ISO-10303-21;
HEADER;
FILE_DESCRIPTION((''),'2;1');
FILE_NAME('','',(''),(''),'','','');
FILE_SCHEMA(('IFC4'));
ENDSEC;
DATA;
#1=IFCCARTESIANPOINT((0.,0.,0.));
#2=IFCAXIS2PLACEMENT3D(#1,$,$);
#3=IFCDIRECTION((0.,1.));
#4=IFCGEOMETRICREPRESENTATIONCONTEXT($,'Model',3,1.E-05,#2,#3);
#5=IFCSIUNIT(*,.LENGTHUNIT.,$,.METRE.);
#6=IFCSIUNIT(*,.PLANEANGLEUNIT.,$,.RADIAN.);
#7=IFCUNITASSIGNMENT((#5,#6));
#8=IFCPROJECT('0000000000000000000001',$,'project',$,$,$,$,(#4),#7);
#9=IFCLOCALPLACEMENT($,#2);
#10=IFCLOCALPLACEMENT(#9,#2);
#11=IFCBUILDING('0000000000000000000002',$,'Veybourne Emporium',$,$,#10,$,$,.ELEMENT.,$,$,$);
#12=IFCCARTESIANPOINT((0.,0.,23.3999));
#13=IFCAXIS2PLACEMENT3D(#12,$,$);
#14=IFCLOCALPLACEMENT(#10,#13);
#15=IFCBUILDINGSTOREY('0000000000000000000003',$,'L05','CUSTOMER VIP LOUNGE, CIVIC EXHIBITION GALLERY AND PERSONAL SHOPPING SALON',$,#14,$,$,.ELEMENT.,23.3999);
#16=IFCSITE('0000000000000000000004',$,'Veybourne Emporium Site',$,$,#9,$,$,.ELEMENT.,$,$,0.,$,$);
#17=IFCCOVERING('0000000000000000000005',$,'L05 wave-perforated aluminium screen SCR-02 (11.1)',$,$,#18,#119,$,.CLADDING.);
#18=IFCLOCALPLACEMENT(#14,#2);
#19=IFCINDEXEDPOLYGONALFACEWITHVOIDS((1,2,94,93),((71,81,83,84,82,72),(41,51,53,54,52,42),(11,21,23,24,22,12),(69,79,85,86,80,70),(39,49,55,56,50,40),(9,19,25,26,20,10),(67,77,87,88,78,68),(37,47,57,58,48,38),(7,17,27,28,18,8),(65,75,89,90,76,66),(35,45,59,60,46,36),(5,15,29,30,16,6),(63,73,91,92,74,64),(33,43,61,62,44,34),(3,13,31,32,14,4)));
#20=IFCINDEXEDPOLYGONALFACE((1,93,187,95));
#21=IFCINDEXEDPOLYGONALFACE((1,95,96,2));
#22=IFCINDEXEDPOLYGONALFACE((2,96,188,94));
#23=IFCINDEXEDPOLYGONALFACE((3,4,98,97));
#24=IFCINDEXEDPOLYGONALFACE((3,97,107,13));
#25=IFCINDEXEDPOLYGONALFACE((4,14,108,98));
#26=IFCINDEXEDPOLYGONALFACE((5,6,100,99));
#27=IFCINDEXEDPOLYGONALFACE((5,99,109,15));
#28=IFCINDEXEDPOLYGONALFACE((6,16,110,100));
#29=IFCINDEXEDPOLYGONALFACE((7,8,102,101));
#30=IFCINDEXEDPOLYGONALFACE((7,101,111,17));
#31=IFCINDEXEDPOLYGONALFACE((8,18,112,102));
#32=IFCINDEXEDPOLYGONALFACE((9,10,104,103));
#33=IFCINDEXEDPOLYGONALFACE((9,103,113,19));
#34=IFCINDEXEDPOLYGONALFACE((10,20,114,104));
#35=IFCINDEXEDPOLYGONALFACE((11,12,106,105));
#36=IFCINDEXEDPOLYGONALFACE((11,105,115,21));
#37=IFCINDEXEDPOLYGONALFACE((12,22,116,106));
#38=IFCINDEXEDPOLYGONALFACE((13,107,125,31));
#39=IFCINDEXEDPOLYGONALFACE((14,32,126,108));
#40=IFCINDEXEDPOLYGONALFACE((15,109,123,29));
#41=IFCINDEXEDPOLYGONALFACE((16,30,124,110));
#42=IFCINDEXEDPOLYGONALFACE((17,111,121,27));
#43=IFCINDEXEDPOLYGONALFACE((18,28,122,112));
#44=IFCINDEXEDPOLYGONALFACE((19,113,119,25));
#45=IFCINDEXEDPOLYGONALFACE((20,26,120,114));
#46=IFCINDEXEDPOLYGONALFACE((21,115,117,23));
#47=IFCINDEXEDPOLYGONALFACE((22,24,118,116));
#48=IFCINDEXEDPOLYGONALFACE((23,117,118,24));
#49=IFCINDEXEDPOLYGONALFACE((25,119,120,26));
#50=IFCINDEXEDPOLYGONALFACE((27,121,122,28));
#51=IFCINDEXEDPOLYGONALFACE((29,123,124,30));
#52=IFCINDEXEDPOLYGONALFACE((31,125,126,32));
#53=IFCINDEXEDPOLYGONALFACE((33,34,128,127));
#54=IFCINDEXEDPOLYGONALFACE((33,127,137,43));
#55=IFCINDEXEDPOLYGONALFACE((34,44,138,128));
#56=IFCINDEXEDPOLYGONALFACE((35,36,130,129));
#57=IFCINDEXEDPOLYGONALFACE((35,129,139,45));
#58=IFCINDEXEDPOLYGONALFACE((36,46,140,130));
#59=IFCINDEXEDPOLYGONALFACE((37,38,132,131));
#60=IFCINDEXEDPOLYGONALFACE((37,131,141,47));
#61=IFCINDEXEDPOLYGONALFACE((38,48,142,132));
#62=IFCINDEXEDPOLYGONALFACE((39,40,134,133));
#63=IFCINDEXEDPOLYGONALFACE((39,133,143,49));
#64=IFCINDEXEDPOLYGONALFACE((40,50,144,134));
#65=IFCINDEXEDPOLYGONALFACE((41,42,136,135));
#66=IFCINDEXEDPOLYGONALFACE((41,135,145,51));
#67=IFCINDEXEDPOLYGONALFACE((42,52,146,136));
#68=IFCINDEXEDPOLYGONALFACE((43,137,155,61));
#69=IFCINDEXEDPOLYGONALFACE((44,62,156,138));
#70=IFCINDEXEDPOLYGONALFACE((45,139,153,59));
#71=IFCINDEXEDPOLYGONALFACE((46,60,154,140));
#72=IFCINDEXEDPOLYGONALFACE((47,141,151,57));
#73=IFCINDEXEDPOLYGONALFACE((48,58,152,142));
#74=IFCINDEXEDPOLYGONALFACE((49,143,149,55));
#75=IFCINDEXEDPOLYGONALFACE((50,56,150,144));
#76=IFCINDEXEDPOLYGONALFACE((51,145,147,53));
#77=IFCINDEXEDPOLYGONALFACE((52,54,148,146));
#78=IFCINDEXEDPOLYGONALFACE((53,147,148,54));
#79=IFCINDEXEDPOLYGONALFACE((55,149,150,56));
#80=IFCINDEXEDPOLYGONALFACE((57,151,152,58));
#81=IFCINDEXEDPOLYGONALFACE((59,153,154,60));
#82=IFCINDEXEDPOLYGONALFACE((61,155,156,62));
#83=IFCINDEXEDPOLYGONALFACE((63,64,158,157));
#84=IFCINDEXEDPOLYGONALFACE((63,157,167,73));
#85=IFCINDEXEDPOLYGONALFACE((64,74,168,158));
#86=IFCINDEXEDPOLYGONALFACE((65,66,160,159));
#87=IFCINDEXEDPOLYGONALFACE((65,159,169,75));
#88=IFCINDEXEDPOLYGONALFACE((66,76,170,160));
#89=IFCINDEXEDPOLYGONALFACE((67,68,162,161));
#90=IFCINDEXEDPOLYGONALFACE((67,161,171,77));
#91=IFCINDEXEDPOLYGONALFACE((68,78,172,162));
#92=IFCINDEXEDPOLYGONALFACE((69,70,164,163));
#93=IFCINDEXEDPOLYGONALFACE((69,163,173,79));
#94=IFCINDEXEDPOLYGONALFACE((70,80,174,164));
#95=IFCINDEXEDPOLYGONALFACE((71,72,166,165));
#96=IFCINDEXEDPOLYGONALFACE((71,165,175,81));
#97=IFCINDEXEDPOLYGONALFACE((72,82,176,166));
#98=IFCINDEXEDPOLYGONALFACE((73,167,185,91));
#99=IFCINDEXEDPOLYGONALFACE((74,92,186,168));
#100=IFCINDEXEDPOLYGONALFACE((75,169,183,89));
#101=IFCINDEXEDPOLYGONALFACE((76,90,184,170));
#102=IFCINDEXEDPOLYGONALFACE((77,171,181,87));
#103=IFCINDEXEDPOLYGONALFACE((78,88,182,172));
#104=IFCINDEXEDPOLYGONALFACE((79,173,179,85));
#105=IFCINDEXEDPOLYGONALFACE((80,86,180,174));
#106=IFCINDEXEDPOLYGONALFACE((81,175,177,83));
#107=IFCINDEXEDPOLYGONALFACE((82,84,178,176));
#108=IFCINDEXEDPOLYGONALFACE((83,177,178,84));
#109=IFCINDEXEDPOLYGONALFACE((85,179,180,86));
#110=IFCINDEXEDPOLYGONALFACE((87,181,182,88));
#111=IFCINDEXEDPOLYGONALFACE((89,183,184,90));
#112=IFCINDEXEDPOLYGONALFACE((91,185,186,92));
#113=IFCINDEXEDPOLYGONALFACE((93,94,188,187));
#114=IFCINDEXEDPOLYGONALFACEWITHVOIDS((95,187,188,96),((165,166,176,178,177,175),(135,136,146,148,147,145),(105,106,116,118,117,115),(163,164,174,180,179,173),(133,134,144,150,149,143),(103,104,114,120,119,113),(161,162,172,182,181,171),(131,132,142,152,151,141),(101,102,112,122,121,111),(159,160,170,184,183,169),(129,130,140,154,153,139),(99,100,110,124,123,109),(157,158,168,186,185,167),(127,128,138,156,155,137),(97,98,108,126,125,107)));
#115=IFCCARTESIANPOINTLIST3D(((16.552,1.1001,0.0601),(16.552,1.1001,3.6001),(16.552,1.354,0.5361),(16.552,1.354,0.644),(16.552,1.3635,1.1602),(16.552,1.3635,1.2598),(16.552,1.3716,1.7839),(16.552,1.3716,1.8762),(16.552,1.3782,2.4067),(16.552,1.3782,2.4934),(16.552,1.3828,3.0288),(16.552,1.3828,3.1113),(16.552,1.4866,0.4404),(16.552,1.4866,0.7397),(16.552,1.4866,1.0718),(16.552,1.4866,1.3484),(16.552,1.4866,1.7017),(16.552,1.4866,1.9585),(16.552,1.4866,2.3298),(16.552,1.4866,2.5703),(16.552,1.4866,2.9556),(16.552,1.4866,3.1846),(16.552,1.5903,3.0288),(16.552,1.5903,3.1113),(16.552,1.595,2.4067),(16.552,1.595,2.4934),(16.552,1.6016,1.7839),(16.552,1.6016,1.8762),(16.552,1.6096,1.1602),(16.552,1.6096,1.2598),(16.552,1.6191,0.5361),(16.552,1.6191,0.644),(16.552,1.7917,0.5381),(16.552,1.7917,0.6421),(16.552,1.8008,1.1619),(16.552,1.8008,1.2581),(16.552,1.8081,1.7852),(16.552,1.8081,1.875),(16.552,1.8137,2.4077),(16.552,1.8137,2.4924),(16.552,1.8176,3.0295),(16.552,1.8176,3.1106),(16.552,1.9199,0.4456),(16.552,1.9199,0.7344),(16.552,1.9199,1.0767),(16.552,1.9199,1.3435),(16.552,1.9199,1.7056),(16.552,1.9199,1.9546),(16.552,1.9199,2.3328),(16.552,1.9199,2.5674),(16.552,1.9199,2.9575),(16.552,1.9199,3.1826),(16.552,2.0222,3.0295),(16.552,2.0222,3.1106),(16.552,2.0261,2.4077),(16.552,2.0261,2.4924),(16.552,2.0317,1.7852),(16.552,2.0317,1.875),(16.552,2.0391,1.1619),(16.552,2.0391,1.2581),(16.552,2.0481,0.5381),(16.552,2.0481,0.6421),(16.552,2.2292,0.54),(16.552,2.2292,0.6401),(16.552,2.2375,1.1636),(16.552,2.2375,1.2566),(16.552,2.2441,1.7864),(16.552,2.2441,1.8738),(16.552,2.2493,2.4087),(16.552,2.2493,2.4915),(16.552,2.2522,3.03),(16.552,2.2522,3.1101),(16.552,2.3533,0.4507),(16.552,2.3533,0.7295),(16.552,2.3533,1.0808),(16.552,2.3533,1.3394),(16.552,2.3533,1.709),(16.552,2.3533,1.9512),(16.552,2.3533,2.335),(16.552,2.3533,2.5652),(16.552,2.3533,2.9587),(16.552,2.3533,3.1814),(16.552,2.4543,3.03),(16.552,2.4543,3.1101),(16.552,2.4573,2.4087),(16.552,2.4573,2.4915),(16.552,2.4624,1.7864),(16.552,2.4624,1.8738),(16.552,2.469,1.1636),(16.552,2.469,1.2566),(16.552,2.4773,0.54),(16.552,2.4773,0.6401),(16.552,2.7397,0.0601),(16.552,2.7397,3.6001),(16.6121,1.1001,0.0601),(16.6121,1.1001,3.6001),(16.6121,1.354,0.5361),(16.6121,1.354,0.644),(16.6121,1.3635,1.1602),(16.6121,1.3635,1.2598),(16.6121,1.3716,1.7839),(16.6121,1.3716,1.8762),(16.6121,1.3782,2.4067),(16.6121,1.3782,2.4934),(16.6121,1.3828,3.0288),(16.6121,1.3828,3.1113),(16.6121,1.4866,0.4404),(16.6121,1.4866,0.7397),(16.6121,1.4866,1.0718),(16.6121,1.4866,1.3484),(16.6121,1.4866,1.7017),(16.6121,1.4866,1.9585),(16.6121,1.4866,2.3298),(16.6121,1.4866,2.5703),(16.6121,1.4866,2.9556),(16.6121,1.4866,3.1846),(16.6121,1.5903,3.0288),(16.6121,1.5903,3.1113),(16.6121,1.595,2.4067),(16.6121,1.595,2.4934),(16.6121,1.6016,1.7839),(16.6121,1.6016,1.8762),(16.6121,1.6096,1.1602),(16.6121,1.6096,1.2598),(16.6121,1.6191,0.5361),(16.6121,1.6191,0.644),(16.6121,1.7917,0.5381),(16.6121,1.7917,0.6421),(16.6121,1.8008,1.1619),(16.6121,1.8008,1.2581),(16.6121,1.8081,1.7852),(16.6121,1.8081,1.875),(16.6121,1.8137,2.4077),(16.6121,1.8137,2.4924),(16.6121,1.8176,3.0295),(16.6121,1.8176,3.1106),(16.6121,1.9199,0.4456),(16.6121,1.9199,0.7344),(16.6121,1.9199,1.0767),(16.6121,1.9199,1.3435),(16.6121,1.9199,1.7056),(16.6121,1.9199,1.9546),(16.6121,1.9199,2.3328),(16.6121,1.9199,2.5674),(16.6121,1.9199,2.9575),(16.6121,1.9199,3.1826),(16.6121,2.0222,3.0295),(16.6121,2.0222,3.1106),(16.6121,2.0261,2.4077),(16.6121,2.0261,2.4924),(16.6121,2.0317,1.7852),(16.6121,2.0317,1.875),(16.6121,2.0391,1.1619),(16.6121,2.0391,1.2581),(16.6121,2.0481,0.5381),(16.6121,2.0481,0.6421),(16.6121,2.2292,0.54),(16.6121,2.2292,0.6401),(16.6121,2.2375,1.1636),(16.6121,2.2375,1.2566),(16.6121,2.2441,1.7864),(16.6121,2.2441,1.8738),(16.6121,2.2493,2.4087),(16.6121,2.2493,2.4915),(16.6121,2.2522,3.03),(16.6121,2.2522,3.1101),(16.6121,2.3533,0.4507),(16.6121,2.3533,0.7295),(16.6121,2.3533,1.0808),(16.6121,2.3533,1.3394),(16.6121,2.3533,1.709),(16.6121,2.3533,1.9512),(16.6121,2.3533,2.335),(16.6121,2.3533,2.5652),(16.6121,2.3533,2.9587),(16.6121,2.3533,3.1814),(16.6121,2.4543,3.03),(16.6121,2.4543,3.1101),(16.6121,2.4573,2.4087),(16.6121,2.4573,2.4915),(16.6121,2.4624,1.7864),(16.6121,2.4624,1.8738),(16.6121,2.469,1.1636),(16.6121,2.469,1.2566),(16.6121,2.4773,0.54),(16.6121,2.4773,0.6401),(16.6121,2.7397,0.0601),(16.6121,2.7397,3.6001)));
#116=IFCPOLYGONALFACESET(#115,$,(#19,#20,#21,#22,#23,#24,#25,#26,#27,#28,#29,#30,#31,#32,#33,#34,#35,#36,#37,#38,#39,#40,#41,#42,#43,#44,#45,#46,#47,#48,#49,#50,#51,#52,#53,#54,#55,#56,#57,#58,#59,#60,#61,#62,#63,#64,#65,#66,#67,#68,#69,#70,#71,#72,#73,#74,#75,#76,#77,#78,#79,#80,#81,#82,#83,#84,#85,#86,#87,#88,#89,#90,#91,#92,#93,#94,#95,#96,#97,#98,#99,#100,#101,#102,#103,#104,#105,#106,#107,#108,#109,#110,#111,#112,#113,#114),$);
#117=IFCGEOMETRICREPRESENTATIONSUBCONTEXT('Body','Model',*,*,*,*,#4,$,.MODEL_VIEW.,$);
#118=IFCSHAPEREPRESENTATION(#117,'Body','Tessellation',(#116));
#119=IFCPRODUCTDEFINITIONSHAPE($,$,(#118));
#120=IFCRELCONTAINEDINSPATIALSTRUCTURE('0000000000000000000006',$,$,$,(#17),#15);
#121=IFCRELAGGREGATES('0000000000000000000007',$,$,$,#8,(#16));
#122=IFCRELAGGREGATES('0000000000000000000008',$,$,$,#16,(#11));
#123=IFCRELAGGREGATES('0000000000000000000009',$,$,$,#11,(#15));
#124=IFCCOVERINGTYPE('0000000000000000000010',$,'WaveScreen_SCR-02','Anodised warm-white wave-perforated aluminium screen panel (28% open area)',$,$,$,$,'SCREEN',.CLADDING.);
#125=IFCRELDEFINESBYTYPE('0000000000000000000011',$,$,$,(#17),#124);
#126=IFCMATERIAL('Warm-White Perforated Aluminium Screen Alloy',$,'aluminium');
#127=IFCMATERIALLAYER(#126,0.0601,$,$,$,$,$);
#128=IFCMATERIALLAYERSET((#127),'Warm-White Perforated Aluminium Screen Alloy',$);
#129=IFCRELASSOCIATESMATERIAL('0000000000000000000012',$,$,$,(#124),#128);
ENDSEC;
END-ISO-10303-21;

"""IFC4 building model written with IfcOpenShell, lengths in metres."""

from ifc_helpers import new_model, si_unit, direction, frame, origin, place, context, subcontext, project, spatial, polyline, outline, extrude, material, layer, layer_set, type_object, element, save


model = new_model("IFC4")

# Units and contexts
model_context = context("Model", 3, precision=1e-05, world=origin(), true_north=direction((0.0, 1.0)))
body_context = subcontext(model_context, "Body", "Model", "MODEL_VIEW")
ifc_project = project(units=[si_unit("LENGTHUNIT", "METRE"), si_unit("PLANEANGLEUNIT", "RADIAN")], contexts=[model_context])

# Site, building, storey
site_placement = place(None, origin())
site = spatial("IfcSite", under=ifc_project, at=site_placement, Name="Veybourne Emporium Site", CompositionType="ELEMENT", RefElevation=0.0)
building_placement = place(site_placement, origin())
building = spatial("IfcBuilding", under=site, at=building_placement, Name="Veybourne Emporium", CompositionType="ELEMENT")
storey_placement = place(building_placement, frame((0.0, 0.0, 23.3999)))
storey = spatial("IfcBuildingStorey", under=building, at=storey_placement, Name="L05", Description="CUSTOMER VIP LOUNGE, CIVIC EXHIBITION GALLERY AND PERSONAL SHOPPING SALON", CompositionType="ELEMENT", Elevation=23.3999)

# Covering
ifc_material_1 = material(Name="Warm-White Perforated Aluminium Screen Alloy", Category="aluminium")
ifc_layer_1 = layer(ifc_material_1, 0.0601)
ifc_layer_set_1 = layer_set([ifc_layer_1], Name="Warm-White Perforated Aluminium Screen Alloy")
covering_type_1 = type_object("IfcCoveringType", Name="WaveScreen_SCR-02", Description="Anodised warm-white wave-perforated aluminium screen panel (28% open area)", ElementType="SCREEN", PredefinedType="CLADDING", material=ifc_layer_set_1)
covering_1_placement = place(storey_placement, frame((16.552, 1.9199, 1.8301), z_axis=(1.0, 0.0, 0.0), x_axis=(0.0, 1.0, 0.0)))
element("IfcCovering", 1, at=covering_1_placement, inside=storey, type_object=covering_type_1, Name="L05 wave-perforated aluminium screen SCR-02 (11.1)", PredefinedType="CLADDING", context=body_context, shape_type="SweptSolid", body=[
    extrude(outline(polyline([(-0.8198, -1.77), (0.8198, -1.77), (0.8198, 1.77), (-0.8198, 1.77), (-0.8198, -1.77)]), holes=[polyline([(-0.4333, -1.0903), (-0.3008, -1.186), (-0.3008, -1.2939), (-0.4333, -1.3896), (-0.5659, -1.2939), (-0.5659, -1.186), (-0.4333, -1.0903)]), polyline([(-0.4333, -0.4817), (-0.3103, -0.5703), (-0.3103, -0.6699), (-0.4333, -0.7583), (-0.5564, -0.6699), (-0.5564, -0.5703), (-0.4333, -0.4817)]), polyline([(-0.4333, 0.1284), (-0.3184, 0.0461), (-0.3184, -0.0461), (-0.4333, -0.1284), (-0.5483, -0.0461), (-0.5483, 0.0461), (-0.4333, 0.1284)]), polyline([(-0.4333, 0.7402), (-0.325, 0.6633), (-0.325, 0.5767), (-0.4333, 0.4998), (-0.5417, 0.5767), (-0.5417, 0.6633), (-0.4333, 0.7402)]), polyline([(-0.4333, 1.3545), (-0.3296, 1.2812), (-0.3296, 1.1987), (-0.4333, 1.1255), (-0.5371, 1.1987), (-0.5371, 1.2812), (-0.4333, 1.3545)]), polyline([(0.0, -1.0957), (0.1282, -1.188), (0.1282, -1.292), (0.0, -1.3845), (-0.1282, -1.292), (-0.1282, -1.188), (0.0, -1.0957)]), polyline([(0.0, -0.4866), (0.1191, -0.572), (0.1191, -0.6682), (0.0, -0.7534), (-0.1191, -0.6682), (-0.1191, -0.572), (0.0, -0.4866)]), polyline([(0.0, 0.1245), (0.1118, 0.0449), (0.1118, -0.0449), (0.0, -0.1245), (-0.1118, -0.0449), (-0.1118, 0.0449), (0.0, 0.1245)]), polyline([(0.0, 0.7373), (0.1062, 0.6624), (0.1062, 0.5776), (0.0, 0.5027), (-0.1062, 0.5776), (-0.1062, 0.6624), (0.0, 0.7373)]), polyline([(0.0, 1.3525), (0.1023, 1.2805), (0.1023, 1.1995), (0.0, 1.1274), (-0.1023, 1.1995), (-0.1023, 1.2805), (0.0, 1.3525)]), polyline([(0.4333, -1.1006), (0.5574, -1.1899), (0.5574, -1.29), (0.4333, -1.3794), (0.3093, -1.29), (0.3093, -1.1899), (0.4333, -1.1006)]), polyline([(0.4333, -0.4907), (0.5491, -0.5735), (0.5491, -0.6665), (0.4333, -0.7493), (0.3176, -0.6665), (0.3176, -0.5735), (0.4333, -0.4907)]), polyline([(0.4333, 0.1211), (0.5425, 0.0437), (0.5425, -0.0437), (0.4333, -0.1211), (0.3242, -0.0437), (0.3242, 0.0437), (0.4333, 0.1211)]), polyline([(0.4333, 0.7351), (0.5374, 0.6614), (0.5374, 0.5786), (0.4333, 0.5049), (0.3293, 0.5786), (0.3293, 0.6614), (0.4333, 0.7351)]), polyline([(0.4333, 1.3513), (0.5344, 1.28), (0.5344, 1.2), (0.4333, 1.1287), (0.3323, 1.2), (0.3323, 1.28), (0.4333, 1.3513)])]), origin(), (0.0, 0.0, 1.0), 0.0601),
])

save(model, "model.ifc")
